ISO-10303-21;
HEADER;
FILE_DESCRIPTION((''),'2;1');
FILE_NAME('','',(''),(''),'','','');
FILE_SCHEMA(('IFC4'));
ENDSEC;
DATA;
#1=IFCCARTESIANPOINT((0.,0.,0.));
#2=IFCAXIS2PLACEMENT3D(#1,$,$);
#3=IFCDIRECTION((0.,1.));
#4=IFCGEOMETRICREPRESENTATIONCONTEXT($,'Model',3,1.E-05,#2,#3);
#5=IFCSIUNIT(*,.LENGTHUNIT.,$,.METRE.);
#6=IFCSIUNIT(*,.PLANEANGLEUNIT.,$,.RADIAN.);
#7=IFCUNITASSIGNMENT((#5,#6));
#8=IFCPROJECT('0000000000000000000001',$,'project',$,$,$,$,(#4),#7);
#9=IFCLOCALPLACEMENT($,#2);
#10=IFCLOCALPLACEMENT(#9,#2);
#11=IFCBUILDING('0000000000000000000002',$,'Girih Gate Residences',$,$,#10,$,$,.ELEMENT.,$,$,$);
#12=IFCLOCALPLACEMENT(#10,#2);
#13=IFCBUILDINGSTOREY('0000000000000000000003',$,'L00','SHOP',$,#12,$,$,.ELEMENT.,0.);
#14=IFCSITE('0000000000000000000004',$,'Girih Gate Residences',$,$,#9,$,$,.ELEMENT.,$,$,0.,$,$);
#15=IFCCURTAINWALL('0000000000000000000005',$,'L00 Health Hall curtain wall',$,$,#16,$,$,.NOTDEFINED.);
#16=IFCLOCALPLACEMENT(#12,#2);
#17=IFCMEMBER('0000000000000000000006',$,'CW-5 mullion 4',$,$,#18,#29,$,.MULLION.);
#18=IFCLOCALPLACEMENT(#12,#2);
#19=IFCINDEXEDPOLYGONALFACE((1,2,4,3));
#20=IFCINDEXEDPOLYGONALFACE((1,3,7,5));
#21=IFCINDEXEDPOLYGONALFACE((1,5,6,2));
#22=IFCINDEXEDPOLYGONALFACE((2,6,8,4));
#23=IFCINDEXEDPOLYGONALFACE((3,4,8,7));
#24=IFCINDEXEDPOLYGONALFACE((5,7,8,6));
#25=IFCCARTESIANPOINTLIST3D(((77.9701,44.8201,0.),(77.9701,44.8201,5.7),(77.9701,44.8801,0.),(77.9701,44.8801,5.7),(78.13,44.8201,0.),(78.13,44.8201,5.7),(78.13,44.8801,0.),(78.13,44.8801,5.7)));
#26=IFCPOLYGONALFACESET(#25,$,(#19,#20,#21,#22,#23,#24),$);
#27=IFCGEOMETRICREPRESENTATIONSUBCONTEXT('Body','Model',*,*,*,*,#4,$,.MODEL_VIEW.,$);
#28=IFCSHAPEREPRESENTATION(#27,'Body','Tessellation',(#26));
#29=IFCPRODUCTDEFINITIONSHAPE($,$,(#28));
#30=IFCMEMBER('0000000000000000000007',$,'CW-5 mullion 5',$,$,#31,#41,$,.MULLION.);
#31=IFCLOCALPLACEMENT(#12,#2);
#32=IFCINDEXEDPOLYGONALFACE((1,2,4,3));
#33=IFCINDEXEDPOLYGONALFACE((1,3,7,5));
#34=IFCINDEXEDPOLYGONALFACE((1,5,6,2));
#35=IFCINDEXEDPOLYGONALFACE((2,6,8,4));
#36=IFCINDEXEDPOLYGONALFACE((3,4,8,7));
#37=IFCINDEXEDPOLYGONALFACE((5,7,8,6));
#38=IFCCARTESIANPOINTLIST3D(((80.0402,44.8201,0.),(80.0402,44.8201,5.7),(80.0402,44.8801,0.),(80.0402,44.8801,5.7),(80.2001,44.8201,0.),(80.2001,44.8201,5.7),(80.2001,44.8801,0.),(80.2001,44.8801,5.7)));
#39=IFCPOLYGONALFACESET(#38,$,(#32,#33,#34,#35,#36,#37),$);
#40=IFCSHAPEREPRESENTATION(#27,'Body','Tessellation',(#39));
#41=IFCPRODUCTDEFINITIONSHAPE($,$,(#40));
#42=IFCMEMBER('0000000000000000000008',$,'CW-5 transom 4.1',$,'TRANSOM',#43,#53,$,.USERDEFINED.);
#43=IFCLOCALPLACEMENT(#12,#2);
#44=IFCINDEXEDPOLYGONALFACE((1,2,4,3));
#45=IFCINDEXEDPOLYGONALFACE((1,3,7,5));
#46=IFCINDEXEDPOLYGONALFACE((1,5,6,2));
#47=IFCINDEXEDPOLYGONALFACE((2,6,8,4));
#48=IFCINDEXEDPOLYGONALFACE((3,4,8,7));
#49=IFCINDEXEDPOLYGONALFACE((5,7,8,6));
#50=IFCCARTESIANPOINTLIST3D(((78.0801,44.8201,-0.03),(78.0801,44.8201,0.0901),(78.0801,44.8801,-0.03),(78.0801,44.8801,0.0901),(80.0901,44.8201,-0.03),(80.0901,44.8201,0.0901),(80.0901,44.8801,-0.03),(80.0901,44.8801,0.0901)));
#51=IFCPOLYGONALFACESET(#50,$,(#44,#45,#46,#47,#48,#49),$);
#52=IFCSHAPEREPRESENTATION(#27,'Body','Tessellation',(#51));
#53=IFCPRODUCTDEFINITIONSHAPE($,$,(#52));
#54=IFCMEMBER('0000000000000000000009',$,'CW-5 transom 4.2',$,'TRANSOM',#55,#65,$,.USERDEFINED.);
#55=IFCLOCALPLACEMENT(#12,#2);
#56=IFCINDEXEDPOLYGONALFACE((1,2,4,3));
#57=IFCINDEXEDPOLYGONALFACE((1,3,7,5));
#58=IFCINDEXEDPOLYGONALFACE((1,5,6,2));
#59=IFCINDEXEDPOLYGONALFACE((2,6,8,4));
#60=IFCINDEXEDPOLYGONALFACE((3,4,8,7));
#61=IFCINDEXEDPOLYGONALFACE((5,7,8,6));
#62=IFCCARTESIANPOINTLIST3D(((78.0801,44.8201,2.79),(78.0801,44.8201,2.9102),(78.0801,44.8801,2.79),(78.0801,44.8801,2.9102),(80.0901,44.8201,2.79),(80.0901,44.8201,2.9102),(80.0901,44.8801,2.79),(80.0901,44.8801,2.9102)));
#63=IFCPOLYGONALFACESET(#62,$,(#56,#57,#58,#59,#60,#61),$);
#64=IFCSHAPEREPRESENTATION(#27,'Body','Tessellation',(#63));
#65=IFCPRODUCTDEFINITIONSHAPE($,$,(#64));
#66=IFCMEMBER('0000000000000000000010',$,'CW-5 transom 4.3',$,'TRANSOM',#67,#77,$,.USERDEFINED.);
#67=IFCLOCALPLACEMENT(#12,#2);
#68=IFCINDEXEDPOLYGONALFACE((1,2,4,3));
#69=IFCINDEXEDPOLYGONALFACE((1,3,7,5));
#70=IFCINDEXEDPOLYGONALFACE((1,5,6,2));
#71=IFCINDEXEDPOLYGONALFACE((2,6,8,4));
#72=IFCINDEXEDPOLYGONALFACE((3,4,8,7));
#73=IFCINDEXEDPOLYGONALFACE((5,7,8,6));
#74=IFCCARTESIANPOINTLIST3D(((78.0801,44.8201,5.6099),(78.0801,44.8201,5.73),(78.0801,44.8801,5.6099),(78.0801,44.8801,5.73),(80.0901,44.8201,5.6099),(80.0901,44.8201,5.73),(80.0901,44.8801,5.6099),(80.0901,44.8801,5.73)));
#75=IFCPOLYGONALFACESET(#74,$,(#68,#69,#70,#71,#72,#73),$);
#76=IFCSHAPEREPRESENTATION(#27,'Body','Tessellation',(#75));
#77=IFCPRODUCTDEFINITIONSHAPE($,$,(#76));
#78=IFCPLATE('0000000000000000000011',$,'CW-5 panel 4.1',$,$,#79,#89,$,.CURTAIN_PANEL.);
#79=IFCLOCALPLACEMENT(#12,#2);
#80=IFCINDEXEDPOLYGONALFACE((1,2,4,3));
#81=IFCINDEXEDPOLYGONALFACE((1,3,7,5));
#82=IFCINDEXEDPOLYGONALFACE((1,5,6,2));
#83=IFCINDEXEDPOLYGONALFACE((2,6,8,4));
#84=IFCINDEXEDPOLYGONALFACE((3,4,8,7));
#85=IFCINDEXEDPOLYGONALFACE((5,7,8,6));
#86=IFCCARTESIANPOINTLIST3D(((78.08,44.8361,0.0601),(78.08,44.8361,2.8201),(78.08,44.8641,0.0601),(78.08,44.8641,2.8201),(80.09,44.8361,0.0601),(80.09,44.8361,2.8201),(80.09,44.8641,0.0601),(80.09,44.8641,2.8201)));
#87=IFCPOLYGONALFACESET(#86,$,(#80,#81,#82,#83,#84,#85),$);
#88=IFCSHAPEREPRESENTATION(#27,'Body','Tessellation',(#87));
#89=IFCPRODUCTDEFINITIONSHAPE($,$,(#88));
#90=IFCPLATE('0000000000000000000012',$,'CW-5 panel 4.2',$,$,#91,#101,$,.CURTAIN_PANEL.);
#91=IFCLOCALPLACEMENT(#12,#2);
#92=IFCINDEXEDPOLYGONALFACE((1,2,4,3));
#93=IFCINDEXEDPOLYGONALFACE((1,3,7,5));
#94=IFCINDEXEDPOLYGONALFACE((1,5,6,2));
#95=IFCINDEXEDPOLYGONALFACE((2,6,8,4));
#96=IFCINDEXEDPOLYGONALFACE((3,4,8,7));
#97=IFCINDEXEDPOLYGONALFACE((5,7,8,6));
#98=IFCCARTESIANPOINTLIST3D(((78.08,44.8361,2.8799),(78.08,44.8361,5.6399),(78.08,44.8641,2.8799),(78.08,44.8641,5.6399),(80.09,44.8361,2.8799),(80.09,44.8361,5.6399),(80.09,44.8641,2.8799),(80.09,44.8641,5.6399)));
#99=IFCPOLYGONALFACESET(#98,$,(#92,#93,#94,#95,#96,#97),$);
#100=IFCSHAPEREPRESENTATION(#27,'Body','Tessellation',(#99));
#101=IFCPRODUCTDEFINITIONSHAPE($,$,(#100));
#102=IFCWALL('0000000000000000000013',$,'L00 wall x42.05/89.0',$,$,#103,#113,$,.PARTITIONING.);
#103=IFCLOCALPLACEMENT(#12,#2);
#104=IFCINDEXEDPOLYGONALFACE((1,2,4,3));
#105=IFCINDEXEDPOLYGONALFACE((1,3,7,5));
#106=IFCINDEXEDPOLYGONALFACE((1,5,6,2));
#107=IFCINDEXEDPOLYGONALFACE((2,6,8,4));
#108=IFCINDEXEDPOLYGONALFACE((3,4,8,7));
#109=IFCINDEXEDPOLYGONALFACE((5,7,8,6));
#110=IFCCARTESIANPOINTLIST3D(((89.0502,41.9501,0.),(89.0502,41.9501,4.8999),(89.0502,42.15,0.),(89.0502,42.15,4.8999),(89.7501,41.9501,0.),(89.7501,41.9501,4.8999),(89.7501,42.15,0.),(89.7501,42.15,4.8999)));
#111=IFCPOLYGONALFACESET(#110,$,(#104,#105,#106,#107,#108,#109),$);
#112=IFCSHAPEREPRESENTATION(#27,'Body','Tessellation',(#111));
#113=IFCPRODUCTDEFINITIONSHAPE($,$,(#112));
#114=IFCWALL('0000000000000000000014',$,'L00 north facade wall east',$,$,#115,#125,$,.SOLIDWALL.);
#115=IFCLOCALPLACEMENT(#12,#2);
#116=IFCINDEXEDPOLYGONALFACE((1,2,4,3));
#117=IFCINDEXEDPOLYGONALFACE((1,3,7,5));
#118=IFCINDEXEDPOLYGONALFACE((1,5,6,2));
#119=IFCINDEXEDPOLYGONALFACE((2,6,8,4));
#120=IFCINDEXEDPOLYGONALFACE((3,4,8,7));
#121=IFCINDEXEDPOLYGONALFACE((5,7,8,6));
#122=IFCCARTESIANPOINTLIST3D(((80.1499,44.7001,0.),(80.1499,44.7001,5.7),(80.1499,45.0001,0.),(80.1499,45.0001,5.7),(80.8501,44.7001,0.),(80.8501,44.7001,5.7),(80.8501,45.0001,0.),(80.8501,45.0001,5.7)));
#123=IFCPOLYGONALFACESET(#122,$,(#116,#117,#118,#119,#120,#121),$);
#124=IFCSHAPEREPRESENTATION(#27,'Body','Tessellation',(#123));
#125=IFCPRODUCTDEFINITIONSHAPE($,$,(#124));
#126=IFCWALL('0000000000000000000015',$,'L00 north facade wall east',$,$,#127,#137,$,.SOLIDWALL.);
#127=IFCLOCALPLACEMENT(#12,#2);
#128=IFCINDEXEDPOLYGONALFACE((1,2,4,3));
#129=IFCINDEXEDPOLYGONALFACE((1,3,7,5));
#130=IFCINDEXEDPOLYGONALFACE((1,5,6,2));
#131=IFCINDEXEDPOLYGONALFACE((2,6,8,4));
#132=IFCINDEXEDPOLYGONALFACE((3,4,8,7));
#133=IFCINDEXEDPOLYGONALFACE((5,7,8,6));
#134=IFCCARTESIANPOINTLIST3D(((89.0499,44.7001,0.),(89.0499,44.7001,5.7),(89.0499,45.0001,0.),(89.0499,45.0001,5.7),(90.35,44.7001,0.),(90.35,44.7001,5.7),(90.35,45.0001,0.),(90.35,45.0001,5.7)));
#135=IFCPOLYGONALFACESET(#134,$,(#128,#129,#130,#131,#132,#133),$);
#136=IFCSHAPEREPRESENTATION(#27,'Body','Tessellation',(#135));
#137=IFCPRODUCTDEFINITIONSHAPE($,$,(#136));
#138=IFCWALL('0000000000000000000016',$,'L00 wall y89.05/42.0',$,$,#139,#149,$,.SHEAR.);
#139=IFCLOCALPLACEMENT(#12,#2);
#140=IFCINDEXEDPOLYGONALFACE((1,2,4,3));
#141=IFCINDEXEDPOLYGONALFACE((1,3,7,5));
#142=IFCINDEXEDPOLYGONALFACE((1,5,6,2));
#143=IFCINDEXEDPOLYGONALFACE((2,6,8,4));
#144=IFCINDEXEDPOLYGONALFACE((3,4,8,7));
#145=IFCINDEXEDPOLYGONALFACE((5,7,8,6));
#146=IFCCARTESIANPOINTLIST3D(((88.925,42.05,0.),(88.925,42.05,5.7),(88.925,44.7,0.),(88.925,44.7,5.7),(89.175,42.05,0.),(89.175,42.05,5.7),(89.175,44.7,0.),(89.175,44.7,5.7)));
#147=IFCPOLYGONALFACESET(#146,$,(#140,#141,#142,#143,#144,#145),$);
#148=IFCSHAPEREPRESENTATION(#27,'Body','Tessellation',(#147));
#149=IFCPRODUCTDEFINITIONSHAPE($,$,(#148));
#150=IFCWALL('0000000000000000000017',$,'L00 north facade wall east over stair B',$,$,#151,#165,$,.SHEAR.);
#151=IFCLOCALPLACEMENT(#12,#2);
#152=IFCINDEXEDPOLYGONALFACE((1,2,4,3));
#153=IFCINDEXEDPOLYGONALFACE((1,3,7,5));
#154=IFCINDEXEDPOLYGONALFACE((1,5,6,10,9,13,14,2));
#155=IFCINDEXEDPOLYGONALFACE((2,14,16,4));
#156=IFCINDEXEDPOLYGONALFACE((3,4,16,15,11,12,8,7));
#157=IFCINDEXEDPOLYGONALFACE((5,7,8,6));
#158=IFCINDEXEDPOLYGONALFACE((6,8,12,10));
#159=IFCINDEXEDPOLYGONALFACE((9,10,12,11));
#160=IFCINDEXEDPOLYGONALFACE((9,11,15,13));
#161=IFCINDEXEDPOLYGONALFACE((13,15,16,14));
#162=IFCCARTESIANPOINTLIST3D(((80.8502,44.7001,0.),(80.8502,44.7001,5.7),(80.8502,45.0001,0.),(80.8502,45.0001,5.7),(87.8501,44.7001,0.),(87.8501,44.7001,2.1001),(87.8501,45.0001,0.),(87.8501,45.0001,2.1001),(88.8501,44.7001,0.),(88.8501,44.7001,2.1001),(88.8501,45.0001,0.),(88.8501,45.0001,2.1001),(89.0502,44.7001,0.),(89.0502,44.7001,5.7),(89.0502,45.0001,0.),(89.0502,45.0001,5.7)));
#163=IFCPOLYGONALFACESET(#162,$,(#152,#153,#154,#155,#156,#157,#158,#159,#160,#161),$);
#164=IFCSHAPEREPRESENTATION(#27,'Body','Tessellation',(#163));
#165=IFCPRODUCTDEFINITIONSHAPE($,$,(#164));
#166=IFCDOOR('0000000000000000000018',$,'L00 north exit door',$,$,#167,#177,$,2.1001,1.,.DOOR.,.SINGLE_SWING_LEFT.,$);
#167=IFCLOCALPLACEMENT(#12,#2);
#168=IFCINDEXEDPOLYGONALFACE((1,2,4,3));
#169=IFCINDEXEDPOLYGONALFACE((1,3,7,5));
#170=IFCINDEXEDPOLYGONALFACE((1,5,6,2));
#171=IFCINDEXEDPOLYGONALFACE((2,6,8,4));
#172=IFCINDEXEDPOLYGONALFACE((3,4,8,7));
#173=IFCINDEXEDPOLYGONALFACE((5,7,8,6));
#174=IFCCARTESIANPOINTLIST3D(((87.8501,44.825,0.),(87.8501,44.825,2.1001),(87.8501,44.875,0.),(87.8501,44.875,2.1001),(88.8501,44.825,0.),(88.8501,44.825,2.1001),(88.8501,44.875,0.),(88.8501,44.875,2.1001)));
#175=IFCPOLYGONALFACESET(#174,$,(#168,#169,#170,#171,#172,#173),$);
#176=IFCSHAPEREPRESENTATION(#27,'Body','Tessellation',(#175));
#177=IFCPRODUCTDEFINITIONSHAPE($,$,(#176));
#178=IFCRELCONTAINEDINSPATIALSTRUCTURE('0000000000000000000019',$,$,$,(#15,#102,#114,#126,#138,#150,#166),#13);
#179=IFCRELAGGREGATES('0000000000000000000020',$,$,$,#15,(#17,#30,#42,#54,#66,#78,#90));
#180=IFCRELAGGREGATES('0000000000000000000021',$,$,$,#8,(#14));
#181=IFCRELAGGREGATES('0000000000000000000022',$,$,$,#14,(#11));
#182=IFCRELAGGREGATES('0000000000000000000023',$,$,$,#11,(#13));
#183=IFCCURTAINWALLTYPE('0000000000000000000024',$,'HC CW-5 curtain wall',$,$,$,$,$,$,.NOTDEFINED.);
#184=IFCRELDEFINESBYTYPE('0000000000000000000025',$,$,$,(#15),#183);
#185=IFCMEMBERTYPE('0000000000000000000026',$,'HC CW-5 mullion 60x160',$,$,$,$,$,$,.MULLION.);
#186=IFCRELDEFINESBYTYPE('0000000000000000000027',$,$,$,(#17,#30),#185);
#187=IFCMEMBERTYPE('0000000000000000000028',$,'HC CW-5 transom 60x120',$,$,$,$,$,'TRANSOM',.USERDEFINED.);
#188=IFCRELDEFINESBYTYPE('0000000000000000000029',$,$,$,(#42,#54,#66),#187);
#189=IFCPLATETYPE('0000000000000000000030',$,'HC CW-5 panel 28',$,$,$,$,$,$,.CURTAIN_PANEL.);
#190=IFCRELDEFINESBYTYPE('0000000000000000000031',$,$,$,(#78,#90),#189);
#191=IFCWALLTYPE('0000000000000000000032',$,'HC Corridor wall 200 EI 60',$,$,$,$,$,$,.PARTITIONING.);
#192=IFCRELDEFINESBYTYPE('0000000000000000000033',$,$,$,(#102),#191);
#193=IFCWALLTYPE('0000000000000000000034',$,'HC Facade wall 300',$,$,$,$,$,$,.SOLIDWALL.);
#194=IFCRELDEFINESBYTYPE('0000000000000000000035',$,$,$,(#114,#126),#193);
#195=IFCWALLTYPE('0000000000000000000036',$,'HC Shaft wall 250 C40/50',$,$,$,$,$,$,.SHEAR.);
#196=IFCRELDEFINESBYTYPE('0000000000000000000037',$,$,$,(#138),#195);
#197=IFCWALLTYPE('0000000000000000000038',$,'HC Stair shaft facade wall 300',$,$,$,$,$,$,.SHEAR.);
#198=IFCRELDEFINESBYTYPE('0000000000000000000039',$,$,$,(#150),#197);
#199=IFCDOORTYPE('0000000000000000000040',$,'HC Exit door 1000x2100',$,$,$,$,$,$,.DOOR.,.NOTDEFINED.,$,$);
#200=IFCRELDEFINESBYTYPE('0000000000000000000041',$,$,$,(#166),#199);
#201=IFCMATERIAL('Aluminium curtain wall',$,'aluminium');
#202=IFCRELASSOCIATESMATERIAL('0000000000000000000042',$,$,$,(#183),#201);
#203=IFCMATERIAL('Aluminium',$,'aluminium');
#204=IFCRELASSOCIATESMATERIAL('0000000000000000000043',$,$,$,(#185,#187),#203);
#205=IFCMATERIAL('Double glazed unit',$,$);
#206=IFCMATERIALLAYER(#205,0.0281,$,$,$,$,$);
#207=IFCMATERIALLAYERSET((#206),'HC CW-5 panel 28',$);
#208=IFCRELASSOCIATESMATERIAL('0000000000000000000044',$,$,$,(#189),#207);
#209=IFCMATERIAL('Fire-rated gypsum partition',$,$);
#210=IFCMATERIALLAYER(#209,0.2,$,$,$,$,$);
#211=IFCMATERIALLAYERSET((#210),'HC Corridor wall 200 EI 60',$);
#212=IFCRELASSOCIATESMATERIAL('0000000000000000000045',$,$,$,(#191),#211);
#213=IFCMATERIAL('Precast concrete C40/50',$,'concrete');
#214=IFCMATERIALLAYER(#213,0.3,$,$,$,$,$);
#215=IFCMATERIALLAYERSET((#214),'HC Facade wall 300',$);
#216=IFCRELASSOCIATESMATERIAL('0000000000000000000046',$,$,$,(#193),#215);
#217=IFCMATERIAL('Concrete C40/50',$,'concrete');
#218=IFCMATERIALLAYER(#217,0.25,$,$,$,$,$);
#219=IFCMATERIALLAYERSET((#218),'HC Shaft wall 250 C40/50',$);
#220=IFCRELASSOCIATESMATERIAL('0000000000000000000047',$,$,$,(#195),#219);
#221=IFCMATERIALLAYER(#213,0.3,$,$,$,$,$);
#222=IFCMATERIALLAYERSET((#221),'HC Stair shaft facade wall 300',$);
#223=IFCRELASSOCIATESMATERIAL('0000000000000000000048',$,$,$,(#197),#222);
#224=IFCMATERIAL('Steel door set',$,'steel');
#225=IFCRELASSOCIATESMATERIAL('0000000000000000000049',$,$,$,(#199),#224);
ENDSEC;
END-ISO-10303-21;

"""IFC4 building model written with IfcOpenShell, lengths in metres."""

from ifc_helpers import new_model, si_unit, direction, frame, frame_2d, origin, origin_2d, place, context, subcontext, project, spatial, rectangle, extrude, material, layer, layer_set, material_profile, profile_set, type_object, element, fill, aggregate, save


model = new_model("IFC4")

# Units and contexts
model_context = context("Model", 3, precision=1e-05, world=origin(), true_north=direction((0.0, 1.0)))
body_context = subcontext(model_context, "Body", "Model", "MODEL_VIEW")
ifc_project = project(units=[si_unit("LENGTHUNIT", "METRE"), si_unit("PLANEANGLEUNIT", "RADIAN")], contexts=[model_context])

# Site, building, storey
site_placement = place(None, origin())
site = spatial("IfcSite", under=ifc_project, at=site_placement, Name="Girih Gate Residences", CompositionType="ELEMENT", RefElevation=0.0)
building_placement = place(site_placement, origin())
building = spatial("IfcBuilding", under=site, at=building_placement, Name="Girih Gate Residences", CompositionType="ELEMENT")
storey_placement = place(building_placement, origin())
storey = spatial("IfcBuildingStorey", under=building, at=storey_placement, Name="L00", Description="SHOP", CompositionType="ELEMENT", Elevation=0.0)

# Shared definitions
ifc_material_1 = material(Name="Concrete C40/50", Category="concrete")

# Curtain wall, members, plates
ifc_material_2 = material(Name="Aluminium curtain wall", Category="aluminium")
curtain_wall_type = type_object("IfcCurtainWallType", Name="HC CW-5 curtain wall", PredefinedType="NOTDEFINED", material=ifc_material_2)
curtain_wall_placement = place(storey_placement, origin())
curtain_wall = element("IfcCurtainWall", 1, at=curtain_wall_placement, inside=storey, type_object=curtain_wall_type, Name="L00 Health Hall curtain wall", PredefinedType="NOTDEFINED")
ifc_material_3 = material(Name="Aluminium", Category="aluminium")
ifc_material_profile_1 = material_profile(ifc_material_3, rectangle(XDim=0.0601, YDim=0.1599, at=origin_2d()))
ifc_profile_set_1 = profile_set([ifc_material_profile_1], Name="Aluminium")
member_type_1 = type_object("IfcMemberType", Name="HC CW-5 mullion 60x160", PredefinedType="MULLION", material=ifc_profile_set_1)
member_1_placement = place(storey_placement, frame((78.05, 44.8501, 0.0), z_axis=(0.0, 0.0, 1.0), x_axis=(0.0, 1.0, 0.0)))
member_1 = element("IfcMember", 2, at=member_1_placement, type_object=member_type_1, Name="CW-5 mullion 4", PredefinedType="MULLION", context=body_context, shape_type="SweptSolid", body=[
    extrude(rectangle(XDim=0.0601, YDim=0.1599, at=origin_2d()), origin(), (0.0, 0.0, 1.0), 5.7),
])
member_2_placement = place(storey_placement, frame((80.1201, 44.8501, 0.0), z_axis=(0.0, 0.0, 1.0), x_axis=(0.0, 1.0, 0.0)))
member_2 = element("IfcMember", 3, at=member_2_placement, type_object=member_type_1, Name="CW-5 mullion 5", PredefinedType="MULLION", context=body_context, shape_type="SweptSolid", body=[
    extrude(rectangle(XDim=0.0601, YDim=0.1599, at=origin_2d()), origin(), (0.0, 0.0, 1.0), 5.7),
])
ifc_material_profile_2 = material_profile(ifc_material_3, rectangle(XDim=0.0601, YDim=0.1201, at=origin_2d()))
ifc_profile_set_2 = profile_set([ifc_material_profile_2], Name="Aluminium")
member_type_2 = type_object("IfcMemberType", Name="HC CW-5 transom 60x120", ElementType="TRANSOM", PredefinedType="USERDEFINED", material=ifc_profile_set_2)
member_3_placement = place(storey_placement, frame((78.0801, 44.8501, 0.03), z_axis=(1.0, 0.0, 0.0), x_axis=(0.0, 1.0, 0.0)))
member_3 = element("IfcMember", 4, at=member_3_placement, type_object=member_type_2, Name="CW-5 transom 4.1", ObjectType="TRANSOM", PredefinedType="USERDEFINED", context=body_context, shape_type="SweptSolid", body=[
    extrude(rectangle(XDim=0.0601, YDim=0.1201, at=origin_2d()), origin(), (0.0, 0.0, 1.0), 2.01),
])
member_4_placement = place(storey_placement, frame((78.0801, 44.8501, 2.8501), z_axis=(1.0, 0.0, 0.0), x_axis=(0.0, 1.0, 0.0)))
member_4 = element("IfcMember", 5, at=member_4_placement, type_object=member_type_2, Name="CW-5 transom 4.2", ObjectType="TRANSOM", PredefinedType="USERDEFINED", context=body_context, shape_type="SweptSolid", body=[
    extrude(rectangle(XDim=0.0601, YDim=0.1201, at=origin_2d()), origin(), (0.0, 0.0, 1.0), 2.01),
])
member_5_placement = place(storey_placement, frame((78.0801, 44.8501, 5.6699), z_axis=(1.0, 0.0, 0.0), x_axis=(0.0, 1.0, 0.0)))
member_5 = element("IfcMember", 6, at=member_5_placement, type_object=member_type_2, Name="CW-5 transom 4.3", ObjectType="TRANSOM", PredefinedType="USERDEFINED", context=body_context, shape_type="SweptSolid", body=[
    extrude(rectangle(XDim=0.0601, YDim=0.1201, at=origin_2d()), origin(), (0.0, 0.0, 1.0), 2.01),
])
ifc_material_4 = material(Name="Double glazed unit")
ifc_layer_1 = layer(ifc_material_4, 0.0281)
ifc_layer_set_1 = layer_set([ifc_layer_1], Name="HC CW-5 panel 28")
plate_type = type_object("IfcPlateType", Name="HC CW-5 panel 28", PredefinedType="CURTAIN_PANEL", material=ifc_layer_set_1)
plate_1_placement = place(storey_placement, frame((79.085, 44.8501, 0.0601), z_axis=(0.0, 0.0, 1.0), x_axis=(1.0, 0.0, 0.0)))
plate_1 = element("IfcPlate", 7, at=plate_1_placement, type_object=plate_type, Name="CW-5 panel 4.1", PredefinedType="CURTAIN_PANEL", context=body_context, shape_type="SweptSolid", body=[
    extrude(rectangle(XDim=2.01, YDim=0.0281, at=origin_2d()), origin(), (0.0, 0.0, 1.0), 2.76),
])
plate_2_placement = place(storey_placement, frame((79.085, 44.8501, 2.8799), z_axis=(0.0, 0.0, 1.0), x_axis=(1.0, 0.0, 0.0)))
plate_2 = element("IfcPlate", 8, at=plate_2_placement, type_object=plate_type, Name="CW-5 panel 4.2", PredefinedType="CURTAIN_PANEL", context=body_context, shape_type="SweptSolid", body=[
    extrude(rectangle(XDim=2.01, YDim=0.0281, at=origin_2d()), origin(), (0.0, 0.0, 1.0), 2.76),
])
aggregate(curtain_wall, [member_1, member_2, member_3, member_4, member_5, plate_1, plate_2])

# Walls
ifc_material_5 = material(Name="Fire-rated gypsum partition")
ifc_layer_2 = layer(ifc_material_5, 0.2)
ifc_layer_set_2 = layer_set([ifc_layer_2], Name="HC Corridor wall 200 EI 60")
wall_type_1 = type_object("IfcWallType", Name="HC Corridor wall 200 EI 60", PredefinedType="PARTITIONING", material=ifc_layer_set_2)
wall_1_placement = place(storey_placement, frame((89.05, 42.05, 0.0), z_axis=(0.0, 0.0, 1.0), x_axis=(1.0, 0.0, 0.0)))
element("IfcWall", 9, at=wall_1_placement, inside=storey, type_object=wall_type_1, Name="L00 wall x42.05/89.0", PredefinedType="PARTITIONING", context=body_context, shape_type="SweptSolid", body=[
    extrude(rectangle(XDim=0.7, YDim=0.2, at=frame_2d((0.3501, 0.0))), origin(), (0.0, 0.0, 1.0), 4.8999),
])
ifc_material_6 = material(Name="Precast concrete C40/50", Category="concrete")
ifc_layer_3 = layer(ifc_material_6, 0.3)
ifc_layer_set_3 = layer_set([ifc_layer_3], Name="HC Facade wall 300")
wall_type_2 = type_object("IfcWallType", Name="HC Facade wall 300", PredefinedType="SOLIDWALL", material=ifc_layer_set_3)
wall_2_placement = place(storey_placement, frame((80.1499, 44.8501, 0.0), z_axis=(0.0, 0.0, 1.0), x_axis=(1.0, 0.0, 0.0)))
element("IfcWall", 10, at=wall_2_placement, inside=storey, type_object=wall_type_2, Name="L00 north facade wall east", PredefinedType="SOLIDWALL", context=body_context, shape_type="SweptSolid", body=[
    extrude(rectangle(XDim=0.7002, YDim=0.3, at=frame_2d((0.3501, 0.0))), origin(), (0.0, 0.0, 1.0), 5.7),
])
wall_3_placement = place(storey_placement, frame((89.05, 44.8501, 0.0), z_axis=(0.0, 0.0, 1.0), x_axis=(1.0, 0.0, 0.0)))
element("IfcWall", 11, at=wall_3_placement, inside=storey, type_object=wall_type_2, Name="L00 north facade wall east", PredefinedType="SOLIDWALL", context=body_context, shape_type="SweptSolid", body=[
    extrude(rectangle(XDim=1.3, YDim=0.3, at=frame_2d((0.6499, 0.0))), origin(), (0.0, 0.0, 1.0), 5.7),
])
ifc_layer_4 = layer(ifc_material_1, 0.25)
ifc_layer_set_4 = layer_set([ifc_layer_4], Name="HC Shaft wall 250 C40/50")
wall_type_3 = type_object("IfcWallType", Name="HC Shaft wall 250 C40/50", PredefinedType="SHEAR", material=ifc_layer_set_4)
wall_4_placement = place(storey_placement, frame((89.05, 42.05, 0.0), z_axis=(0.0, 0.0, 1.0), x_axis=(0.0, 1.0, 0.0)))
element("IfcWall", 12, at=wall_4_placement, inside=storey, type_object=wall_type_3, Name="L00 wall y89.05/42.0", PredefinedType="SHEAR", context=body_context, shape_type="SweptSolid", body=[
    extrude(rectangle(XDim=2.6499, YDim=0.25, at=frame_2d((1.325, 0.0))), origin(), (0.0, 0.0, 1.0), 5.7),
])

# Wall, opening, door
ifc_layer_5 = layer(ifc_material_6, 0.3)
ifc_layer_set_5 = layer_set([ifc_layer_5], Name="HC Stair shaft facade wall 300")
wall_type_4 = type_object("IfcWallType", Name="HC Stair shaft facade wall 300", PredefinedType="SHEAR", material=ifc_layer_set_5)
wall_5_placement = place(storey_placement, frame((80.8501, 44.8501, 0.0), z_axis=(0.0, 0.0, 1.0), x_axis=(1.0, 0.0, 0.0)))
wall_5 = element("IfcWall", 13, at=wall_5_placement, inside=storey, type_object=wall_type_4, Name="L00 north facade wall east over stair B", PredefinedType="SHEAR", context=body_context, shape_type="SweptSolid", body=[
    extrude(rectangle(XDim=8.2, YDim=0.3, at=frame_2d((4.1001, 0.0))), origin(), (0.0, 0.0, 1.0), 5.7),
])
opening_placement = place(wall_5_placement, frame((7.0, 0.0, 0.0)))
opening = element("IfcOpeningElement", 14, at=opening_placement, cuts=wall_5, PredefinedType="OPENING", context=body_context, shape_type="SweptSolid", body=[
    extrude(rectangle(XDim=1.0, YDim=2.1001, at=frame_2d((0.5, 1.05))), frame((0.0, 0.1599, 0.0), z_axis=(0.0, -1.0, 0.0), x_axis=(1.0, 0.0, 0.0)), (0.0, 0.0, 1.0), 0.3201),
])
ifc_material_7 = material(Name="Steel door set", Category="steel")
door_type = type_object("IfcDoorType", Name="HC Exit door 1000x2100", OperationType="NOTDEFINED", PredefinedType="DOOR", material=ifc_material_7)
door_placement = place(opening_placement, origin())
door = element("IfcDoor", 15, at=door_placement, inside=storey, type_object=door_type, Name="L00 north exit door", OperationType="SINGLE_SWING_LEFT", OverallHeight=2.1001, OverallWidth=1.0, PredefinedType="DOOR", context=body_context, shape_type="SweptSolid", body=[
    extrude(rectangle(XDim=1.0, YDim=2.1001, at=frame_2d((0.5, 1.05))), frame((0.0, 0.0249, 0.0), z_axis=(0.0, -1.0, 0.0), x_axis=(1.0, 0.0, 0.0)), (0.0, 0.0, 1.0), 0.05),
])
fill(opening, door)

save(model, "model.ifc")
